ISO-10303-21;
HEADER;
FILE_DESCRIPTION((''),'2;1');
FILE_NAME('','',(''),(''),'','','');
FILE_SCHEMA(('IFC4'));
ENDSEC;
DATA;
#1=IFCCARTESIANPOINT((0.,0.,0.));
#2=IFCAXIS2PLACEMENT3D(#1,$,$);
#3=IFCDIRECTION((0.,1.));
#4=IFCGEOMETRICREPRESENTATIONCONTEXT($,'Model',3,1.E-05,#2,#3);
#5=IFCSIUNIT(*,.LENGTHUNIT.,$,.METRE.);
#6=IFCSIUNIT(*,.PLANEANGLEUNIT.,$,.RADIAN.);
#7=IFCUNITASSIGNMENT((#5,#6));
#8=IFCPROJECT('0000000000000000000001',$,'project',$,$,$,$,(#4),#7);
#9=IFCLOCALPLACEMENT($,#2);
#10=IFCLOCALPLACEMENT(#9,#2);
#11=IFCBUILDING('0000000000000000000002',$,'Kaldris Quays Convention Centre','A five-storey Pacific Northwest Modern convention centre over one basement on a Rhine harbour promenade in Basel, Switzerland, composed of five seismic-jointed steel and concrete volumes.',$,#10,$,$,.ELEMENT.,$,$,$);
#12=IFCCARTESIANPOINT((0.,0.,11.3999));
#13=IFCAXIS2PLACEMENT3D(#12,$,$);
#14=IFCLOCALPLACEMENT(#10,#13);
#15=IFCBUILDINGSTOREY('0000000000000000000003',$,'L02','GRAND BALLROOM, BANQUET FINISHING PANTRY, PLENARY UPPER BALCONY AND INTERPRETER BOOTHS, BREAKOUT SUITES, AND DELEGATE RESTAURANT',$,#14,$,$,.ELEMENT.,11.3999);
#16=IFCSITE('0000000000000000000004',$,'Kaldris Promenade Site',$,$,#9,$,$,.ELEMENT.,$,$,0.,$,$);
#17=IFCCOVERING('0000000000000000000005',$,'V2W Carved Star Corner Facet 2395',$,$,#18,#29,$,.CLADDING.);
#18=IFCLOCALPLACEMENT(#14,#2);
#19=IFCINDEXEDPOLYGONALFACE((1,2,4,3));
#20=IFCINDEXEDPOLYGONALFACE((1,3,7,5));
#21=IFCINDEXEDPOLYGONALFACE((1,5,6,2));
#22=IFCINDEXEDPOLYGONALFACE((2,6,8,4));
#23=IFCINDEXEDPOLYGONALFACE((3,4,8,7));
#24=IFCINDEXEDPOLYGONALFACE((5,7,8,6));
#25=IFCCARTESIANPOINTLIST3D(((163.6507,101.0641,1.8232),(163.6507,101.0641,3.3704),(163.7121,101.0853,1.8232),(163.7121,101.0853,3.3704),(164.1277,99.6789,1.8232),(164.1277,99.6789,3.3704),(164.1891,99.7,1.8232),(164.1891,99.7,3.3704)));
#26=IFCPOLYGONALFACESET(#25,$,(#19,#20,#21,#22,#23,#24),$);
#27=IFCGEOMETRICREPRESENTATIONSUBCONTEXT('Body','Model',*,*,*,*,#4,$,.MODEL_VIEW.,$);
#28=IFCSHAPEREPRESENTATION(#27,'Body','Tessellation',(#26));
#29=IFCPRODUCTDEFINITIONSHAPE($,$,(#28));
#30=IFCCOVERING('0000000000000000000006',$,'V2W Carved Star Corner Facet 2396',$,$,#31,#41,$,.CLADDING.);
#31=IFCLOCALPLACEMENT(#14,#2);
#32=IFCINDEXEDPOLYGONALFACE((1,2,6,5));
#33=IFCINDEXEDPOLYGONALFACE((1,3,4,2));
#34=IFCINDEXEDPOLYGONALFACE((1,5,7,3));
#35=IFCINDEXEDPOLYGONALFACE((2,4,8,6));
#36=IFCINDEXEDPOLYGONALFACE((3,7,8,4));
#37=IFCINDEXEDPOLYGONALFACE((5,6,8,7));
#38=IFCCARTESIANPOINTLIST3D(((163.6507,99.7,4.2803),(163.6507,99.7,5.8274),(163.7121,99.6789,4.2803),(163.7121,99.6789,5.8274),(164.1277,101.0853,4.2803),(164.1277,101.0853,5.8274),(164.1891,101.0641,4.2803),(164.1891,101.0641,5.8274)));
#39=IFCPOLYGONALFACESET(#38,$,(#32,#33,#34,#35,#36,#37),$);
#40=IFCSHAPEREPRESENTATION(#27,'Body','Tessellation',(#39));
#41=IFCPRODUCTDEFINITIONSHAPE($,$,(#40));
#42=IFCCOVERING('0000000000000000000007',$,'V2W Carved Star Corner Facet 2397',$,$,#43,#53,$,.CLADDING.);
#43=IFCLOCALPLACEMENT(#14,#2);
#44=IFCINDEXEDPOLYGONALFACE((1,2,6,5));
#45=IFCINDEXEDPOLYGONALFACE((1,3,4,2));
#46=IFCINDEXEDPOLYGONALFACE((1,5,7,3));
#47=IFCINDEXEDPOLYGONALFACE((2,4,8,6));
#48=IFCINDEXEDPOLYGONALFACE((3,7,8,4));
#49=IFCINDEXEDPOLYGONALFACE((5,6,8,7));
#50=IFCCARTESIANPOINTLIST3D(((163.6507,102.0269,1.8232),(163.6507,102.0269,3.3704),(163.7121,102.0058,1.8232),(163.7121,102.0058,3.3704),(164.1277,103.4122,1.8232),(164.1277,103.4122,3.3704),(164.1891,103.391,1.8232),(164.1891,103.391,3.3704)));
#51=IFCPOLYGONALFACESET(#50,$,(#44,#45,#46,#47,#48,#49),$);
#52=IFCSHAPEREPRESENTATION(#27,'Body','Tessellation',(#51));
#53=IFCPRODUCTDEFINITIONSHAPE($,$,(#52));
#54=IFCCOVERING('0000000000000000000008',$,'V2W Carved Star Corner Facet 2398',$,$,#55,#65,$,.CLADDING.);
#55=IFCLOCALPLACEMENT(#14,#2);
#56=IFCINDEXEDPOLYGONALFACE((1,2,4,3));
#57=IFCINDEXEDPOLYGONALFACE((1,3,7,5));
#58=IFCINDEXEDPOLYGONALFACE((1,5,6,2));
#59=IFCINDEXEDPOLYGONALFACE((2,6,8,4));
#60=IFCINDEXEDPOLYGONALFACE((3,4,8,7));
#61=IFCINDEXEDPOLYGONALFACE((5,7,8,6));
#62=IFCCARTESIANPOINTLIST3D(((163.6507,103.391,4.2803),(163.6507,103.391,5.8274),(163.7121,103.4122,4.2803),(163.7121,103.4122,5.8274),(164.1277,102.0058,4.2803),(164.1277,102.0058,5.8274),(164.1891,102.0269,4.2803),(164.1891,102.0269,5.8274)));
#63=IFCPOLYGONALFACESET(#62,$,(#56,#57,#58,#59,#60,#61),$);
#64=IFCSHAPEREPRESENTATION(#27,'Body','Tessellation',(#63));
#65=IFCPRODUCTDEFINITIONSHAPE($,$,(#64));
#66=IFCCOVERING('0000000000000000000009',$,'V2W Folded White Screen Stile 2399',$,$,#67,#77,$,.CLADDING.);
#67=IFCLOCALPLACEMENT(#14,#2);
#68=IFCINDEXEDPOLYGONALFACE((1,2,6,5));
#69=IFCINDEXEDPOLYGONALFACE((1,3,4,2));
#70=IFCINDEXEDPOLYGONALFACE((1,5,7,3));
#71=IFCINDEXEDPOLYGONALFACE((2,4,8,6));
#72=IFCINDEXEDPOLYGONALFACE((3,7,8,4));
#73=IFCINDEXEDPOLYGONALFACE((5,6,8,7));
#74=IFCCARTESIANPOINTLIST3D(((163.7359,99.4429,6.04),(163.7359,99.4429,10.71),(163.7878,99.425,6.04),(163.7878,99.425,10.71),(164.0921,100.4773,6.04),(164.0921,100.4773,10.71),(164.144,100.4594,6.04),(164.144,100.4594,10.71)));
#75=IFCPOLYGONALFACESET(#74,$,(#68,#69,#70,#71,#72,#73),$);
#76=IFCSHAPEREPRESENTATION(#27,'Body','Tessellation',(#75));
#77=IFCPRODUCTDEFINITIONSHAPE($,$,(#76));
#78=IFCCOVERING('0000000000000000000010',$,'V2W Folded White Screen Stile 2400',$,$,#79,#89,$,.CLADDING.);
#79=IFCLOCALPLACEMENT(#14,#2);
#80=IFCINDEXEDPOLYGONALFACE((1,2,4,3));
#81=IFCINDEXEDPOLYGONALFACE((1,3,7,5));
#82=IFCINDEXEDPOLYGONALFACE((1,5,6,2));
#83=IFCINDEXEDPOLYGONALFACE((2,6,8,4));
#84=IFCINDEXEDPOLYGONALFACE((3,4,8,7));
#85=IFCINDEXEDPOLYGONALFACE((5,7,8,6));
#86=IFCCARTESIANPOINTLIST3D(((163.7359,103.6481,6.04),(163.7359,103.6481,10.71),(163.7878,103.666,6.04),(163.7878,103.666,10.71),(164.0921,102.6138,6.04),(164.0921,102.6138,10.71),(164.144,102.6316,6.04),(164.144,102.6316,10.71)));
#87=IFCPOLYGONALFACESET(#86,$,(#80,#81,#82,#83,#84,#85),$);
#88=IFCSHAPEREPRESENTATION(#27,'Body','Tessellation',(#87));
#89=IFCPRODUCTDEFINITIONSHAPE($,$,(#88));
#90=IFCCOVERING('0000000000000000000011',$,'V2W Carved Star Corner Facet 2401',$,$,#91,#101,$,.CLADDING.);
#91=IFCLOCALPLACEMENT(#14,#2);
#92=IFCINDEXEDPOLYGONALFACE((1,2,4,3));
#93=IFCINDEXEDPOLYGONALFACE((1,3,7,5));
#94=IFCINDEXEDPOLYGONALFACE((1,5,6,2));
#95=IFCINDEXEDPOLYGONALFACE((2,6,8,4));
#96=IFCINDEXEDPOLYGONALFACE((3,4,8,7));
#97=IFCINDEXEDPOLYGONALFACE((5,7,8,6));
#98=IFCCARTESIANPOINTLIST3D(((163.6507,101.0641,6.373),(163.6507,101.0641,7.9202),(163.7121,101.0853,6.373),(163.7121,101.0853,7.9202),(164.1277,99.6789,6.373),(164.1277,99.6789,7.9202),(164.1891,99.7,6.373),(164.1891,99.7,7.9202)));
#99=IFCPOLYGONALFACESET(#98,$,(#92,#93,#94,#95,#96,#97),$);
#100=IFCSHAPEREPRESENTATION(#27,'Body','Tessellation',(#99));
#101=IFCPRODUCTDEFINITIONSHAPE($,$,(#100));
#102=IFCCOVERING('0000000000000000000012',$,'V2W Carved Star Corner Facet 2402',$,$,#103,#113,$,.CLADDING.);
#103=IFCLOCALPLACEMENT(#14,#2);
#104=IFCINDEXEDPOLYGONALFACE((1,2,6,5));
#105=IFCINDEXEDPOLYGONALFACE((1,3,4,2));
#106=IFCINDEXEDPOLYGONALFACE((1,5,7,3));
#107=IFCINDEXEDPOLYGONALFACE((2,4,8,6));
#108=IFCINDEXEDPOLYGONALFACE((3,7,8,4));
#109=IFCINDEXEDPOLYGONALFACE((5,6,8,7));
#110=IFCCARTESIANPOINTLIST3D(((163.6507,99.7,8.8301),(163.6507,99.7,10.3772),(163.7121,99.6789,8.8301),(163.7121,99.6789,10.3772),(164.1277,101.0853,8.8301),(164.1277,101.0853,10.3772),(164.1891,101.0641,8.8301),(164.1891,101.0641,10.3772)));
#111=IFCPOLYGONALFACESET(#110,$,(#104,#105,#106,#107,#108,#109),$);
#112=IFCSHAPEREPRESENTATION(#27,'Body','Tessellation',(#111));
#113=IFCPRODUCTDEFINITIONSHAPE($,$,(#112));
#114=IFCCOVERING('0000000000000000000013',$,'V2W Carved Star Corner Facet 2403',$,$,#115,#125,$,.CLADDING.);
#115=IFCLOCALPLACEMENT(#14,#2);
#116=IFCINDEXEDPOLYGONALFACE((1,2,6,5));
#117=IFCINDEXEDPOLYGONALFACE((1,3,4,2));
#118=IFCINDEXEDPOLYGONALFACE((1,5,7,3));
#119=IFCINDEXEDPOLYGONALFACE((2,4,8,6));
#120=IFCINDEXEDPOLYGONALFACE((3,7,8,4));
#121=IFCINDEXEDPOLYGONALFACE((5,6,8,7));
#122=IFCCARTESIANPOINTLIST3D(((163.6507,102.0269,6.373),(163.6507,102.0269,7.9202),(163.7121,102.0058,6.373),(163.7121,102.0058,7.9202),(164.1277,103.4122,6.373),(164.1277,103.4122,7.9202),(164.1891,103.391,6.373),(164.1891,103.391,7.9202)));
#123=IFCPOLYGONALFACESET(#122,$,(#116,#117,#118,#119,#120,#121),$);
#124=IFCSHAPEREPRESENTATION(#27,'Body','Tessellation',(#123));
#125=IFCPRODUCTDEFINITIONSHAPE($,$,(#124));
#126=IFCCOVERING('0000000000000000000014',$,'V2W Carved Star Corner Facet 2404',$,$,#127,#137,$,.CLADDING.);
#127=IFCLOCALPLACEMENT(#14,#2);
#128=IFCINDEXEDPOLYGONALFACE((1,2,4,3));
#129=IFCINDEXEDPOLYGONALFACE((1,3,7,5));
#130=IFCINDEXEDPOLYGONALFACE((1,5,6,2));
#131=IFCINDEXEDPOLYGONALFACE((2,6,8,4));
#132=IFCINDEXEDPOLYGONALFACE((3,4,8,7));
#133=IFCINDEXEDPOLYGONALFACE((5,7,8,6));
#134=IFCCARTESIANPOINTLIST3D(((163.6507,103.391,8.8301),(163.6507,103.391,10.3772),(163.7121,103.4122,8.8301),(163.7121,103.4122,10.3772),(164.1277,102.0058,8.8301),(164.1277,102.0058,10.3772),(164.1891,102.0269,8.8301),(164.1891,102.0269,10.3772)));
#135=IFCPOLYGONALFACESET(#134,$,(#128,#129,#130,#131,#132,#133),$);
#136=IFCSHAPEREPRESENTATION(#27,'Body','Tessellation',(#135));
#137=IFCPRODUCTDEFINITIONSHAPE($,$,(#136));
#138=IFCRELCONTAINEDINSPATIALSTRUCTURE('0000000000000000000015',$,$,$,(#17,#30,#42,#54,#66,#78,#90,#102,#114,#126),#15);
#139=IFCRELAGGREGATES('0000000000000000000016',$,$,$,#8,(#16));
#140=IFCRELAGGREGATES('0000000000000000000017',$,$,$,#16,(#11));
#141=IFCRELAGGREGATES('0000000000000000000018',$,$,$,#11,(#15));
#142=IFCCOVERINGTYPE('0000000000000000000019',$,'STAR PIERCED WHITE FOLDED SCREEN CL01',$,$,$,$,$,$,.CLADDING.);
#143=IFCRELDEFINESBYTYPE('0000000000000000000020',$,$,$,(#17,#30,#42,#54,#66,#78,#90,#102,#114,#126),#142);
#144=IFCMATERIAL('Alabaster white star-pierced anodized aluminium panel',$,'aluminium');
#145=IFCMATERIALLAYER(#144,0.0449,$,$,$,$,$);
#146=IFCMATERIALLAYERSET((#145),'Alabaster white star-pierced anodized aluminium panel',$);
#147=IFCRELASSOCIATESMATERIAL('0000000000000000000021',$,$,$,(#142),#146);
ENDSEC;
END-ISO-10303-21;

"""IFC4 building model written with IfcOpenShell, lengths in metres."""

from ifc_helpers import new_model, si_unit, direction, frame, origin, origin_2d, place, context, subcontext, project, spatial, rectangle, extrude, material, layer, layer_set, type_object, element, save


model = new_model("IFC4")

# Units and contexts
model_context = context("Model", 3, precision=1e-05, world=origin(), true_north=direction((0.0, 1.0)))
body_context = subcontext(model_context, "Body", "Model", "MODEL_VIEW")
ifc_project = project(units=[si_unit("LENGTHUNIT", "METRE"), si_unit("PLANEANGLEUNIT", "RADIAN")], contexts=[model_context])

# Site, building, storey
site_placement = place(None, origin())
site = spatial("IfcSite", under=ifc_project, at=site_placement, Name="Kaldris Promenade Site", CompositionType="ELEMENT", RefElevation=0.0)
building_placement = place(site_placement, origin())
building = spatial("IfcBuilding", under=site, at=building_placement, Name="Kaldris Quays Convention Centre", Description="A five-storey Pacific Northwest Modern convention centre over one basement on a Rhine harbour promenade in Basel, Switzerland, composed of five seismic-jointed steel and concrete volumes.", CompositionType="ELEMENT")
storey_placement = place(building_placement, frame((0.0, 0.0, 11.3999)))
storey = spatial("IfcBuildingStorey", under=building, at=storey_placement, Name="L02", Description="GRAND BALLROOM, BANQUET FINISHING PANTRY, PLENARY UPPER BALCONY AND INTERPRETER BOOTHS, BREAKOUT SUITES, AND DELEGATE RESTAURANT", CompositionType="ELEMENT", Elevation=11.3999)

# Coverings
ifc_material_1 = material(Name="Alabaster white star-pierced anodized aluminium panel", Category="aluminium")
ifc_layer_1 = layer(ifc_material_1, 0.0449)
ifc_layer_set_1 = layer_set([ifc_layer_1], Name="Alabaster white star-pierced anodized aluminium panel")
covering_type = type_object("IfcCoveringType", Name="STAR PIERCED WHITE FOLDED SCREEN CL01", PredefinedType="CLADDING", material=ifc_layer_set_1)
for number, where, z_axis, x_axis, name in (
    (1, (163.9199, 100.3821, 1.8232), (0.0, 0.0, 1.0), (-0.325568, 0.945519, 0.0), "V2W Carved Star Corner Facet 2395"),
    (2, (163.9199, 100.3821, 4.2803), (0.0, 0.0, 1.0), (0.325568, 0.945519, 0.0), "V2W Carved Star Corner Facet 2396"),
    (3, (163.9199, 102.709, 1.8232), (0.0, 0.0, 1.0), (0.325568, 0.945519, 0.0), "V2W Carved Star Corner Facet 2397"),
    (4, (163.9199, 102.709, 4.2803), (0.0, 0.0, 1.0), (-0.325568, 0.945519, 0.0), "V2W Carved Star Corner Facet 2398"),
):
    element("IfcCovering", number, at=place(storey_placement, frame(where, z_axis=z_axis, x_axis=x_axis)), inside=storey, type_object=covering_type, Name=name, PredefinedType="CLADDING", context=body_context, shape_type="SweptSolid", body=[
        extrude(rectangle(XDim=1.4651, YDim=0.0649, at=origin_2d()), origin(), (0.0, 0.0, 1.0), 1.5471),
    ])
for number, where, z_axis, x_axis, name in (
    (5, (163.9399, 99.9512, 6.04), (0.0, 0.0, 1.0), (0.325568, 0.945519, 0.0), "V2W Folded White Screen Stile 2399"),
    (6, (163.9399, 103.1399, 6.04), (0.0, 0.0, 1.0), (-0.325568, 0.945519, 0.0), "V2W Folded White Screen Stile 2400"),
):
    element("IfcCovering", number, at=place(storey_placement, frame(where, z_axis=z_axis, x_axis=x_axis)), inside=storey, type_object=covering_type, Name=name, PredefinedType="CLADDING", context=body_context, shape_type="SweptSolid", body=[
        extrude(rectangle(XDim=1.094, YDim=0.0549, at=origin_2d()), origin(), (0.0, 0.0, 1.0), 4.6699),
    ])
for number, where, z_axis, x_axis, name in (
    (7, (163.9199, 100.3821, 6.373), (0.0, 0.0, 1.0), (-0.325568, 0.945519, 0.0), "V2W Carved Star Corner Facet 2401"),
    (8, (163.9199, 100.3821, 8.8301), (0.0, 0.0, 1.0), (0.325568, 0.945519, 0.0), "V2W Carved Star Corner Facet 2402"),
    (9, (163.9199, 102.709, 6.373), (0.0, 0.0, 1.0), (0.325568, 0.945519, 0.0), "V2W Carved Star Corner Facet 2403"),
    (10, (163.9199, 102.709, 8.8301), (0.0, 0.0, 1.0), (-0.325568, 0.945519, 0.0), "V2W Carved Star Corner Facet 2404"),
):
    element("IfcCovering", number, at=place(storey_placement, frame(where, z_axis=z_axis, x_axis=x_axis)), inside=storey, type_object=covering_type, Name=name, PredefinedType="CLADDING", context=body_context, shape_type="SweptSolid", body=[
        extrude(rectangle(XDim=1.4651, YDim=0.0649, at=origin_2d()), origin(), (0.0, 0.0, 1.0), 1.5471),
    ])

save(model, "model.ifc")
